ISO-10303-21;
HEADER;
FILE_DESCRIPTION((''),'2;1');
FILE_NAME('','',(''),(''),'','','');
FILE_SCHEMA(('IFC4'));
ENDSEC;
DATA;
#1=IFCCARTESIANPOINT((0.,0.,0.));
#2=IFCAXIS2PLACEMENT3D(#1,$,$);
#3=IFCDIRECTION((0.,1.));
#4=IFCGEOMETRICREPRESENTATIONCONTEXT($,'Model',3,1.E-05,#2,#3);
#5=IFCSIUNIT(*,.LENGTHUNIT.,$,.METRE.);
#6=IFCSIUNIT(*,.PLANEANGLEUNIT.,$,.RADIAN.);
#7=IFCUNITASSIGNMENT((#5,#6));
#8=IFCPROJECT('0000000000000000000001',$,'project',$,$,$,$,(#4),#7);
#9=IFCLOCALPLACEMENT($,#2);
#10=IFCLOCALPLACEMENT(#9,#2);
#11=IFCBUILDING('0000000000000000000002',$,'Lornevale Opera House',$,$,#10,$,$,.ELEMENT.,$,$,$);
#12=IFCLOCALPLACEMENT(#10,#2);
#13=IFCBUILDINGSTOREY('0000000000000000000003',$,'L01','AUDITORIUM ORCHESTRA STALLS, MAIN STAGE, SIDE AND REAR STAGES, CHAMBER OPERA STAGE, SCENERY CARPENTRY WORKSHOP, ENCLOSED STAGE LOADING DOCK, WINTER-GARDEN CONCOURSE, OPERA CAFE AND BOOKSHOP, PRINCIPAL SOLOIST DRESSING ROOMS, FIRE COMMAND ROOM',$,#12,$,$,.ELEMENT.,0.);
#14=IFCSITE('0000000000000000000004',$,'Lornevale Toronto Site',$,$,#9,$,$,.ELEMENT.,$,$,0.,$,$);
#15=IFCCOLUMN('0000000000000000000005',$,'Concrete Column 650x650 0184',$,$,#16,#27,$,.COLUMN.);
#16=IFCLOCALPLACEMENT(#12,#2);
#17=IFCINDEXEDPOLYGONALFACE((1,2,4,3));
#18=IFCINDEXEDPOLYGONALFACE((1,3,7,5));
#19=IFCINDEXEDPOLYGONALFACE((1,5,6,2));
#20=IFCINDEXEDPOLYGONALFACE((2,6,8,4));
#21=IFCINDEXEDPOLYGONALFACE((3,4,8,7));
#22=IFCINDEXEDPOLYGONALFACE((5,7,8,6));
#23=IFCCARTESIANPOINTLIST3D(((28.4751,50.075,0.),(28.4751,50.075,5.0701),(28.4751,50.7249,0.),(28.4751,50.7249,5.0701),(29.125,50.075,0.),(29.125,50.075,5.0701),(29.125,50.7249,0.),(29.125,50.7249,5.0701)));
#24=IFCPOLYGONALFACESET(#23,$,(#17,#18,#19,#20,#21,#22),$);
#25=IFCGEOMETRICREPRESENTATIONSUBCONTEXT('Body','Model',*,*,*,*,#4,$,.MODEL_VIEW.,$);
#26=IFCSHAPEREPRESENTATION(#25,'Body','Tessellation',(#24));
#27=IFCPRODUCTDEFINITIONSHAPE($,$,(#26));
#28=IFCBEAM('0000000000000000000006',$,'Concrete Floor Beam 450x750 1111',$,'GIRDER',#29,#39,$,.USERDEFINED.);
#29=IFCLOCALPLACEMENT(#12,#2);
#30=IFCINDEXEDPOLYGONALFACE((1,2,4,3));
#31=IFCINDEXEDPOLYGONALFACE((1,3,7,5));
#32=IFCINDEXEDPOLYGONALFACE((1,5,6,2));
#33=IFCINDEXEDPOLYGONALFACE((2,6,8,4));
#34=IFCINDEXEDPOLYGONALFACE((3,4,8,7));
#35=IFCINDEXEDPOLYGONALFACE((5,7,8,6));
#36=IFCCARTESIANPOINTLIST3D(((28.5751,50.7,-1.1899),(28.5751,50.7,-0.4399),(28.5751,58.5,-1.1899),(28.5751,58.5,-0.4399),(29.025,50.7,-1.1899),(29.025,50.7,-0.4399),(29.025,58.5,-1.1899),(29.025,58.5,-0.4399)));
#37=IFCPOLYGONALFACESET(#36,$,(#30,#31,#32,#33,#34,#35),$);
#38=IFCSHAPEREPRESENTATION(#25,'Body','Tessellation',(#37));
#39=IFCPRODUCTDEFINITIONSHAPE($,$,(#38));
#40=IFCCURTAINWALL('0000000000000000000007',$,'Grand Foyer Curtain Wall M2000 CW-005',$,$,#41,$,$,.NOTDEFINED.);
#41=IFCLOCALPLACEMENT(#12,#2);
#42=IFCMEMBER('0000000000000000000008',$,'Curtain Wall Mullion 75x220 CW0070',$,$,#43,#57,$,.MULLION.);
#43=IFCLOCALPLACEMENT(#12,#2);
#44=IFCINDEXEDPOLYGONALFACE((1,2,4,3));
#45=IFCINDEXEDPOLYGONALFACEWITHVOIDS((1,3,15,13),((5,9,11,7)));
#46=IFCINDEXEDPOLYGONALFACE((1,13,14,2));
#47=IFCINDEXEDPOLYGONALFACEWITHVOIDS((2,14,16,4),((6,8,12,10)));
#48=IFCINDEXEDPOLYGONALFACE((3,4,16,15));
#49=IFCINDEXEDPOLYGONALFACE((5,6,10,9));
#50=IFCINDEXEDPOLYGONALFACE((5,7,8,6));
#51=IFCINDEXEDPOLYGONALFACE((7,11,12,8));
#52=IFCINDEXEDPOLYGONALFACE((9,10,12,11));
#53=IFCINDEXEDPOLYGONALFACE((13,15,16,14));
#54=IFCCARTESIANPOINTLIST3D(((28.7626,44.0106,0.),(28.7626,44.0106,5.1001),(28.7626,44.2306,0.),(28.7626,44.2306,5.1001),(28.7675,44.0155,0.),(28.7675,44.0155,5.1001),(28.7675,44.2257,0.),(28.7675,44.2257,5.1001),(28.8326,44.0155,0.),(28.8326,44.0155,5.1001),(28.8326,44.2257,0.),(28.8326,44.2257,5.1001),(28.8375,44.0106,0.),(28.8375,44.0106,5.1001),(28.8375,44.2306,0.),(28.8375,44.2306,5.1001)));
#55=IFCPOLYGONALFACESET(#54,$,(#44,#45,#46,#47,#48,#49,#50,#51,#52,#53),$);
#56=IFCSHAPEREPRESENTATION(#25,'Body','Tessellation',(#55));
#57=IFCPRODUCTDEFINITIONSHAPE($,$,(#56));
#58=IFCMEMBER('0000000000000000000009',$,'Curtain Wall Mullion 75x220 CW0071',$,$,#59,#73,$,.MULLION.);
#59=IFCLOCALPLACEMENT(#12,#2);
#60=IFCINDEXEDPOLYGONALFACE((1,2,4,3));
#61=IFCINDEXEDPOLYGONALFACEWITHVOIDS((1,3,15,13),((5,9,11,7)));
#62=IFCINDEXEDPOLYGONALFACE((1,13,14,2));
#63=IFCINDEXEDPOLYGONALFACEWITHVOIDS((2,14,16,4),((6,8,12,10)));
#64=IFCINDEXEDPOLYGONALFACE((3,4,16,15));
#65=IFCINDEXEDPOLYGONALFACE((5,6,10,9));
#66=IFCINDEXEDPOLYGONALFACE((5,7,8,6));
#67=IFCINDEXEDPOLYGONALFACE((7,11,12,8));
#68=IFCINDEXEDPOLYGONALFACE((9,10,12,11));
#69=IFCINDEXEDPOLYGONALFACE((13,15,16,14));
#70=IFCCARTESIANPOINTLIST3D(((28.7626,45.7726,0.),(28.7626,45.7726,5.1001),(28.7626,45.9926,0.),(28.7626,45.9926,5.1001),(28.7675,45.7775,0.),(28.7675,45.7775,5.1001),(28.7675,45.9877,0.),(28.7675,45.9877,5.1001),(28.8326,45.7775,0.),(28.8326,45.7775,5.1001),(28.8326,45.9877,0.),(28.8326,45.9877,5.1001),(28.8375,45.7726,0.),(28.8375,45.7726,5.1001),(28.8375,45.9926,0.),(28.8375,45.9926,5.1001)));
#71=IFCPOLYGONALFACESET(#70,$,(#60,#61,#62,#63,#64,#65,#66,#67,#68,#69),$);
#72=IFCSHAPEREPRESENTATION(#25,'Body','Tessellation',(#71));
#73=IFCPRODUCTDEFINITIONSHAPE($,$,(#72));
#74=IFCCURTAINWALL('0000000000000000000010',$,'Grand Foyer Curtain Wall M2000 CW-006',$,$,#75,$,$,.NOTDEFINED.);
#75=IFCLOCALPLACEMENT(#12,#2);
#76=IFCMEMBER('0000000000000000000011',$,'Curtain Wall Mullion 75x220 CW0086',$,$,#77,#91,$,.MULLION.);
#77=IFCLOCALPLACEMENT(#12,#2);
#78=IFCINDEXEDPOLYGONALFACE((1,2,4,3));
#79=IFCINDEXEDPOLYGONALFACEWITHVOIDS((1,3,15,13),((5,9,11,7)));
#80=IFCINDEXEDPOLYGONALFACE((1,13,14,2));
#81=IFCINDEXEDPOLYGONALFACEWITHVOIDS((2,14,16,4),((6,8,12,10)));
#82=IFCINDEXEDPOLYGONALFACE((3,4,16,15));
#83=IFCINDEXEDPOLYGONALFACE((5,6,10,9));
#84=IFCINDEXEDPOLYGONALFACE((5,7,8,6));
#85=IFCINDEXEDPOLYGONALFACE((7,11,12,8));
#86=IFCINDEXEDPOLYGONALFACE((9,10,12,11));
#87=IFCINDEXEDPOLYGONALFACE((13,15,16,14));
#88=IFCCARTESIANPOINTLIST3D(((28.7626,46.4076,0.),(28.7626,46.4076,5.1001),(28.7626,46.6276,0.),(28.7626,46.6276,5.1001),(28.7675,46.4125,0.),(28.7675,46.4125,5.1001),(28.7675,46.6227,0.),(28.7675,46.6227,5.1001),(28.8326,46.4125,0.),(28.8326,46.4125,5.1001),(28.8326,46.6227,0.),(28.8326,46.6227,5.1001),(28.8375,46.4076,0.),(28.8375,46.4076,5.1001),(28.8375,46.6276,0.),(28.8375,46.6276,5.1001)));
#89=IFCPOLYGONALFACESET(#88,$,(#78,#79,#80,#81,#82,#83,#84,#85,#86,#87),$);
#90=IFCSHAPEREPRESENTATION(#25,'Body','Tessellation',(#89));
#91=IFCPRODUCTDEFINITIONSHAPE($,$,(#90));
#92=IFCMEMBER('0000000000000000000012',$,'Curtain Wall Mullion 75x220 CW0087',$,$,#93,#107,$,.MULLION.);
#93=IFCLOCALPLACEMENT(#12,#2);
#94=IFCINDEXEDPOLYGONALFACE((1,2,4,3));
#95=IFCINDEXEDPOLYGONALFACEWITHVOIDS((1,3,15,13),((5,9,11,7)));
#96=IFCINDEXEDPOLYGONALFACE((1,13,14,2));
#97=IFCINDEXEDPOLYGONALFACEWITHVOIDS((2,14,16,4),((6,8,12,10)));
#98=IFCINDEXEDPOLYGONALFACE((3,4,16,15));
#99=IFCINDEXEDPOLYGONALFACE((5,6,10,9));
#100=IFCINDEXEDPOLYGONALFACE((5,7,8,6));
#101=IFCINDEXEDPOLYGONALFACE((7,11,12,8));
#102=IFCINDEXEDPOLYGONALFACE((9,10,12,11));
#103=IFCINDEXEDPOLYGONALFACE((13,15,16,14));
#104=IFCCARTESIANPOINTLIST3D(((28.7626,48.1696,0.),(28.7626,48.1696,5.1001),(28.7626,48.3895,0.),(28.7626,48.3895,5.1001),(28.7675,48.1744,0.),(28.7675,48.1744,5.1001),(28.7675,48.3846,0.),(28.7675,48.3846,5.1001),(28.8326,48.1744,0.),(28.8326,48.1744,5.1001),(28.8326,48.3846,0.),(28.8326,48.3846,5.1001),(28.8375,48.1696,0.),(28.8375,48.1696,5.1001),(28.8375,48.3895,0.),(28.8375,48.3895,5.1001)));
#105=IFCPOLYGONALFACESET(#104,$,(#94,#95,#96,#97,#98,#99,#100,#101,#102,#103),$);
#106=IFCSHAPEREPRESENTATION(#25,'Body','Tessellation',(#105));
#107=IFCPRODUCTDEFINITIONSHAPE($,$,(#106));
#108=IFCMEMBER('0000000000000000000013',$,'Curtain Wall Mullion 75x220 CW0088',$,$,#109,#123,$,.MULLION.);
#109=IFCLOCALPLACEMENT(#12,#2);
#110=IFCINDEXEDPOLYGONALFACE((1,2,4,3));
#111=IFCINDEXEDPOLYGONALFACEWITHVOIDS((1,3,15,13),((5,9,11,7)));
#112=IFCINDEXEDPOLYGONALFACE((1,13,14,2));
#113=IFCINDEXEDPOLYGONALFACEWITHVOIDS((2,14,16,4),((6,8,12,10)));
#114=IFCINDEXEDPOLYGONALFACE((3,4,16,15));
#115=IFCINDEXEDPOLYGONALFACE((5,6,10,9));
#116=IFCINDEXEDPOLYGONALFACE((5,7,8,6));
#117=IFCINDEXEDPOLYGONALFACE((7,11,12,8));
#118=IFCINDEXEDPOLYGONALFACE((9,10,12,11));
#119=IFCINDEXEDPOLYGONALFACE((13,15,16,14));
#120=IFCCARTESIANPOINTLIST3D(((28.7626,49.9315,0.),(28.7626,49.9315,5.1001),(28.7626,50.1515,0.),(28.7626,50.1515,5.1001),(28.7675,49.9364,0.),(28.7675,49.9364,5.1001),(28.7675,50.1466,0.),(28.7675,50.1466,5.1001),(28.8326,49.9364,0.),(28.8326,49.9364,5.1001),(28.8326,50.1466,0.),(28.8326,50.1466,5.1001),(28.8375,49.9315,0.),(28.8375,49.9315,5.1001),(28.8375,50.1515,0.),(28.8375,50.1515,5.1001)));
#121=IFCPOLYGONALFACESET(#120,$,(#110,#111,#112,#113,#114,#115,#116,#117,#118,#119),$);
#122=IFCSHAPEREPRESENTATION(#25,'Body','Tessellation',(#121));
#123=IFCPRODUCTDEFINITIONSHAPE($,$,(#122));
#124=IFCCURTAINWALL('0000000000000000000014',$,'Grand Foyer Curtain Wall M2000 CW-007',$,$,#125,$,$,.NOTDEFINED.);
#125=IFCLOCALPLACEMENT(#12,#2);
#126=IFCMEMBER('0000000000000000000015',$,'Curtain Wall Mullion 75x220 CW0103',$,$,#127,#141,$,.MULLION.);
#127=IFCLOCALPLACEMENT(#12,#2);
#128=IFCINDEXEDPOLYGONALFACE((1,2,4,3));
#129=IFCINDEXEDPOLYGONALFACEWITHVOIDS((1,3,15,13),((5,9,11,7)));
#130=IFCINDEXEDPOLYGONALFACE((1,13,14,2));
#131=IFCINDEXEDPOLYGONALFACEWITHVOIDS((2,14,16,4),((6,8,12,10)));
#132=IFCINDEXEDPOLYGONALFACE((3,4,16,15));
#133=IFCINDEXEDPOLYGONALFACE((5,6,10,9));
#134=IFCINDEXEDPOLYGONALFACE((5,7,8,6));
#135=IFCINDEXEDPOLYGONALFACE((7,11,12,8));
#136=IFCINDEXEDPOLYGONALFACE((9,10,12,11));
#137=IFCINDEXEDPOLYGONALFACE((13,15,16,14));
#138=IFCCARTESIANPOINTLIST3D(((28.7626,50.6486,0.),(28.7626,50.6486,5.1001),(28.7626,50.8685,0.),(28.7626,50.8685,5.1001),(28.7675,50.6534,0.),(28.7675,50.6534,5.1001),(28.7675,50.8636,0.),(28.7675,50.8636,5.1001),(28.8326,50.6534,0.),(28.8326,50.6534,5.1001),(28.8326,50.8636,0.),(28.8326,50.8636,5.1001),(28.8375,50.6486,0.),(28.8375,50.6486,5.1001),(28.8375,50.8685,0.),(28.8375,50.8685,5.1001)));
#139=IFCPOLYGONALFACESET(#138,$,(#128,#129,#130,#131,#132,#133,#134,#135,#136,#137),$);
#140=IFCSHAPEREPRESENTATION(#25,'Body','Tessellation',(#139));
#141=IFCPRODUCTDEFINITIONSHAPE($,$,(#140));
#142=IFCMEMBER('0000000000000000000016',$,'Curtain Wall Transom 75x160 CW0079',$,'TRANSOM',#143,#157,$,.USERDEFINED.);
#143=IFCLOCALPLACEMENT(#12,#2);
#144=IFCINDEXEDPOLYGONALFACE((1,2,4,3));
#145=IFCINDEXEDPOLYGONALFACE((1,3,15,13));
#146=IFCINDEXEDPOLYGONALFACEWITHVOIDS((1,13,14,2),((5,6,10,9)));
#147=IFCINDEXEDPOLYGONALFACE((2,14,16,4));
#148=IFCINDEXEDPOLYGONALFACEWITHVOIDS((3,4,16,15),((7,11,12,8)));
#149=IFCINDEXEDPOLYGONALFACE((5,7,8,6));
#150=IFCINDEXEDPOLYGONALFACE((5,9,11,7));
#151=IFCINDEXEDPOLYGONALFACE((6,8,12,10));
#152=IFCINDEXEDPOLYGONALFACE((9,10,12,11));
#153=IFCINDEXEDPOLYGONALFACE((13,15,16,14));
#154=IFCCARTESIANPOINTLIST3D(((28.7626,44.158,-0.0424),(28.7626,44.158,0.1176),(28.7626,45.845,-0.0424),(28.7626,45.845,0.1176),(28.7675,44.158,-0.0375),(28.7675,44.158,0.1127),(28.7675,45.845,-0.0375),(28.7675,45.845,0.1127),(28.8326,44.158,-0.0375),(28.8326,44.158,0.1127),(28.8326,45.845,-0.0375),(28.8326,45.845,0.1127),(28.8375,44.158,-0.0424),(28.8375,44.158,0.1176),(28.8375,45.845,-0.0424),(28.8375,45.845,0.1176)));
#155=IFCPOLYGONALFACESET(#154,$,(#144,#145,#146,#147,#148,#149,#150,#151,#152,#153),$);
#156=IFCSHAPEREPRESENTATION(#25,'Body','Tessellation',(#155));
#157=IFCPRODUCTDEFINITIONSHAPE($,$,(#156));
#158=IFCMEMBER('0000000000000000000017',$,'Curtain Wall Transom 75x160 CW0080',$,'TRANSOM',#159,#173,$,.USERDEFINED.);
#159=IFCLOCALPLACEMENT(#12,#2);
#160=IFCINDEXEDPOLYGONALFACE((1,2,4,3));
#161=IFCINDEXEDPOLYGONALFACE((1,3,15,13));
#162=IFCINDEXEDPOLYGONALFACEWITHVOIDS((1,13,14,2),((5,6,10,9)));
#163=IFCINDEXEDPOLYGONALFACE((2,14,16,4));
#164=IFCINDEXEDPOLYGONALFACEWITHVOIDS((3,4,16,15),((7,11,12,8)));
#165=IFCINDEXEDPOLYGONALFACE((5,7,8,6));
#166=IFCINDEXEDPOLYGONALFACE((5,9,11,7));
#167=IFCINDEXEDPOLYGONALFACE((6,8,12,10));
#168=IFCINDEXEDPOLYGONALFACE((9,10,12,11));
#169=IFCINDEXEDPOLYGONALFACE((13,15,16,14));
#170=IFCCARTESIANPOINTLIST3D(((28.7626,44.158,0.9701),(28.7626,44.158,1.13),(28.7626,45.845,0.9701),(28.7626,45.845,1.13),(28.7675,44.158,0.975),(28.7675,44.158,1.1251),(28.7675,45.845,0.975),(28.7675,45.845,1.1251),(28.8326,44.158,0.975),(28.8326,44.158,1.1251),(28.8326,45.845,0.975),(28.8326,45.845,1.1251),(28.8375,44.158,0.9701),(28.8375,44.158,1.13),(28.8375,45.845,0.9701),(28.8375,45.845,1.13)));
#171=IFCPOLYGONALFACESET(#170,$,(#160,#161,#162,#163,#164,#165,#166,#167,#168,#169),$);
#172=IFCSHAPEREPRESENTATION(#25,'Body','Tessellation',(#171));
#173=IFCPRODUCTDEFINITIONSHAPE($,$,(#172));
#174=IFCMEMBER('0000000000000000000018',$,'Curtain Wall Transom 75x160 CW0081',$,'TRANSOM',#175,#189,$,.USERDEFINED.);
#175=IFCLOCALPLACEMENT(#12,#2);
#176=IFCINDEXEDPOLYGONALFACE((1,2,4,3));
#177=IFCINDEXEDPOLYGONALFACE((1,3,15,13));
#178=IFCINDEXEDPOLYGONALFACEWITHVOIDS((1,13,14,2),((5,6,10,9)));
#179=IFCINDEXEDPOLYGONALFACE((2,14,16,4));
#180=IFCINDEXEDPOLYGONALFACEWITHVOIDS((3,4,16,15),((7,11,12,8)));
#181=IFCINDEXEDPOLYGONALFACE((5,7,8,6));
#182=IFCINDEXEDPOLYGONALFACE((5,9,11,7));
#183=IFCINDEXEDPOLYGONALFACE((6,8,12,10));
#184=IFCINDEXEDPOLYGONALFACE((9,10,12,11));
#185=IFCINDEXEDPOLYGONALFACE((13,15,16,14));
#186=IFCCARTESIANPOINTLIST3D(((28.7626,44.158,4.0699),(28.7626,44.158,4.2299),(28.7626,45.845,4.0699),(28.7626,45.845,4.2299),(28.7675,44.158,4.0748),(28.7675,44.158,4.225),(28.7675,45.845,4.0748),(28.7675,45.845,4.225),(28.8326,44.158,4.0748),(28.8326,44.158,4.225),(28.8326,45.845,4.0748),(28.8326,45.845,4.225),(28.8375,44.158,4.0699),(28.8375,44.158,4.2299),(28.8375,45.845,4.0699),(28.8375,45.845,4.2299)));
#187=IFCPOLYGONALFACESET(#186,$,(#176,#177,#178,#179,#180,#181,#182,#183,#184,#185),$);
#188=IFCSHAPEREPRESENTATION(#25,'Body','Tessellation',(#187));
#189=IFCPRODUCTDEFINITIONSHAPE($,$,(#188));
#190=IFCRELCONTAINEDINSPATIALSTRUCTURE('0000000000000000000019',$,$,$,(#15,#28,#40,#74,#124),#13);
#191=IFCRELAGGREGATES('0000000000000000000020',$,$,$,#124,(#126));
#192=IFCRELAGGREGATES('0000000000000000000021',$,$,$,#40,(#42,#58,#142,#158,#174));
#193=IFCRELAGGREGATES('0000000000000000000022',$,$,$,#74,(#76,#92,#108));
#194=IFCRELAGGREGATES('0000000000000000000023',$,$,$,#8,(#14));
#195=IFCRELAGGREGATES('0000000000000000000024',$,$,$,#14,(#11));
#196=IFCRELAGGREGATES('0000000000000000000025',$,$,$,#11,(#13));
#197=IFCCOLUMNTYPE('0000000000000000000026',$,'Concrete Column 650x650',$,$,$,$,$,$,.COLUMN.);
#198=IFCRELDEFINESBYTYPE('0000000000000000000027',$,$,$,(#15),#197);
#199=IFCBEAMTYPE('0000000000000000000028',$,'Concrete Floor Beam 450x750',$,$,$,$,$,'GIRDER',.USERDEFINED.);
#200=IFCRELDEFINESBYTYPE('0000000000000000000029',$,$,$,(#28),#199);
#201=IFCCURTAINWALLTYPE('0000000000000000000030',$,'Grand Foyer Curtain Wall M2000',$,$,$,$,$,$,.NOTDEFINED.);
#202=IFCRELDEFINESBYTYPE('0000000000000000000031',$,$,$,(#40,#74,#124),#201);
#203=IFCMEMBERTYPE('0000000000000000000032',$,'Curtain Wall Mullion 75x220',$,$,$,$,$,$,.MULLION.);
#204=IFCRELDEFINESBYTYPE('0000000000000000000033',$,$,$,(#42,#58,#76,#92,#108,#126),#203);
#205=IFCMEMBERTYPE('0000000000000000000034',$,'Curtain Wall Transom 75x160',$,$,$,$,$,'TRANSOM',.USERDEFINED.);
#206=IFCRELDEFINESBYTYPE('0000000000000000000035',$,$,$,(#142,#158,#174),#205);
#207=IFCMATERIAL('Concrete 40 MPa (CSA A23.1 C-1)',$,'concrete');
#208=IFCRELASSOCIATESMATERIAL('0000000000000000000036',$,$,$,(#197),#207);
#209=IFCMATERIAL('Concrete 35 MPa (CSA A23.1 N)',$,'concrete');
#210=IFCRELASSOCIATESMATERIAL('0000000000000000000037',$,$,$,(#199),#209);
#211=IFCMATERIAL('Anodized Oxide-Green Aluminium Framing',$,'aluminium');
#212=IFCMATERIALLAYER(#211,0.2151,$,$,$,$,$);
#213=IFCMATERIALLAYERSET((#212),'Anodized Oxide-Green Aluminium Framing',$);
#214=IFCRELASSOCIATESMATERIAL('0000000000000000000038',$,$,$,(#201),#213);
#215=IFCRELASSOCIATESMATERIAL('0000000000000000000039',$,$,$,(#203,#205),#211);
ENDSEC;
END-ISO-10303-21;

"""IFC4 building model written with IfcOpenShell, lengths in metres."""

from ifc_helpers import new_model, si_unit, direction, frame, origin, origin_2d, place, context, subcontext, project, spatial, rectangle, hollow_rectangle, extrude, material, layer, layer_set, material_profile, profile_set, type_object, element, aggregate, save


model = new_model("IFC4")

# Units and contexts
model_context = context("Model", 3, precision=1e-05, world=origin(), true_north=direction((0.0, 1.0)))
body_context = subcontext(model_context, "Body", "Model", "MODEL_VIEW")
ifc_project = project(units=[si_unit("LENGTHUNIT", "METRE"), si_unit("PLANEANGLEUNIT", "RADIAN")], contexts=[model_context])

# Site, building, storey
site_placement = place(None, origin())
site = spatial("IfcSite", under=ifc_project, at=site_placement, Name="Lornevale Toronto Site", CompositionType="ELEMENT", RefElevation=0.0)
building_placement = place(site_placement, origin())
building = spatial("IfcBuilding", under=site, at=building_placement, Name="Lornevale Opera House", CompositionType="ELEMENT")
storey_placement = place(building_placement, origin())
storey = spatial("IfcBuildingStorey", under=building, at=storey_placement, Name="L01", Description="AUDITORIUM ORCHESTRA STALLS, MAIN STAGE, SIDE AND REAR STAGES, CHAMBER OPERA STAGE, SCENERY CARPENTRY WORKSHOP, ENCLOSED STAGE LOADING DOCK, WINTER-GARDEN CONCOURSE, OPERA CAFE AND BOOKSHOP, PRINCIPAL SOLOIST DRESSING ROOMS, FIRE COMMAND ROOM", CompositionType="ELEMENT", Elevation=0.0)

# Column
ifc_material_1 = material(Name="Concrete 40 MPa (CSA A23.1 C-1)", Category="concrete")
ifc_material_profile_1 = material_profile(ifc_material_1, rectangle(XDim=0.6499, YDim=0.6499, at=origin_2d()), Name="RC650x650")
ifc_profile_set_1 = profile_set([ifc_material_profile_1], Name="Concrete 40 MPa (CSA A23.1 C-1)")
column_type = type_object("IfcColumnType", Name="Concrete Column 650x650", PredefinedType="COLUMN", material=ifc_profile_set_1)
column_placement = place(storey_placement, frame((28.8, 50.3999, 0.0), z_axis=(0.0, 0.0, 1.0), x_axis=(1.0, 0.0, 0.0)))
element("IfcColumn", 1, at=column_placement, inside=storey, type_object=column_type, Name="Concrete Column 650x650 0184", PredefinedType="COLUMN", context=body_context, shape_type="SweptSolid", body=[
    extrude(rectangle(XDim=0.6499, YDim=0.6499, at=origin_2d()), origin(), (0.0, 0.0, 1.0), 5.0701),
])

# Beam
ifc_material_2 = material(Name="Concrete 35 MPa (CSA A23.1 N)", Category="concrete")
ifc_material_profile_2 = material_profile(ifc_material_2, rectangle(XDim=0.45, YDim=0.75, at=origin_2d()), Name="RC450x750")
ifc_profile_set_2 = profile_set([ifc_material_profile_2], Name="Concrete 35 MPa (CSA A23.1 N)")
beam_type = type_object("IfcBeamType", Name="Concrete Floor Beam 450x750", ElementType="GIRDER", PredefinedType="USERDEFINED", material=ifc_profile_set_2)
beam_placement = place(storey_placement, frame((28.8, 50.7, -0.8149), z_axis=(0.0, 1.0, 0.0), x_axis=(-1.0, 0.0, 0.0)))
element("IfcBeam", 2, at=beam_placement, inside=storey, type_object=beam_type, Name="Concrete Floor Beam 450x750 1111", ObjectType="GIRDER", PredefinedType="USERDEFINED", context=body_context, shape_type="SweptSolid", body=[
    extrude(rectangle(XDim=0.45, YDim=0.75, at=origin_2d()), origin(), (0.0, 0.0, 1.0), 7.8),
])

# Curtain walls, members
ifc_material_3 = material(Name="Anodized Oxide-Green Aluminium Framing", Category="aluminium")
ifc_layer_1 = layer(ifc_material_3, 0.2151)
ifc_layer_set_1 = layer_set([ifc_layer_1], Name="Anodized Oxide-Green Aluminium Framing")
curtain_wall_type = type_object("IfcCurtainWallType", Name="Grand Foyer Curtain Wall M2000", PredefinedType="NOTDEFINED", material=ifc_layer_set_1)
curtain_wall_1_placement = place(storey_placement, origin())
curtain_wall_1 = element("IfcCurtainWall", 3, at=curtain_wall_1_placement, inside=storey, type_object=curtain_wall_type, Name="Grand Foyer Curtain Wall M2000 CW-005", PredefinedType="NOTDEFINED")
ifc_material_profile_3 = material_profile(ifc_material_3, hollow_rectangle(XDim=0.075, YDim=0.22, WallThickness=0.0049, at=origin_2d()), Name="ALU75x220x5")
ifc_profile_set_3 = profile_set([ifc_material_profile_3], Name="Anodized Oxide-Green Aluminium Framing")
member_type_1 = type_object("IfcMemberType", Name="Curtain Wall Mullion 75x220", PredefinedType="MULLION", material=ifc_profile_set_3)
member_1_placement = place(storey_placement, frame((28.8, 44.1206, 0.0), z_axis=(0.0, 0.0, 1.0), x_axis=(-1.0, 0.0, 0.0)))
member_1 = element("IfcMember", 4, at=member_1_placement, type_object=member_type_1, Name="Curtain Wall Mullion 75x220 CW0070", PredefinedType="MULLION", context=body_context, shape_type="SweptSolid", body=[
    extrude(hollow_rectangle(XDim=0.075, YDim=0.22, WallThickness=0.0049, at=origin_2d()), origin(), (0.0, 0.0, 1.0), 5.1001),
])
member_2_placement = place(storey_placement, frame((28.8, 45.8826, 0.0), z_axis=(0.0, 0.0, 1.0), x_axis=(-1.0, 0.0, 0.0)))
member_2 = element("IfcMember", 5, at=member_2_placement, type_object=member_type_1, Name="Curtain Wall Mullion 75x220 CW0071", PredefinedType="MULLION", context=body_context, shape_type="SweptSolid", body=[
    extrude(hollow_rectangle(XDim=0.075, YDim=0.22, WallThickness=0.0049, at=origin_2d()), origin(), (0.0, 0.0, 1.0), 5.1001),
])
curtain_wall_2_placement = place(storey_placement, origin())
curtain_wall_2 = element("IfcCurtainWall", 6, at=curtain_wall_2_placement, inside=storey, type_object=curtain_wall_type, Name="Grand Foyer Curtain Wall M2000 CW-006", PredefinedType="NOTDEFINED")
member_3_placement = place(storey_placement, frame((28.8, 46.5176, 0.0), z_axis=(0.0, 0.0, 1.0), x_axis=(-1.0, 0.0, 0.0)))
member_3 = element("IfcMember", 7, at=member_3_placement, type_object=member_type_1, Name="Curtain Wall Mullion 75x220 CW0086", PredefinedType="MULLION", context=body_context, shape_type="SweptSolid", body=[
    extrude(hollow_rectangle(XDim=0.075, YDim=0.22, WallThickness=0.0049, at=origin_2d()), origin(), (0.0, 0.0, 1.0), 5.1001),
])
member_4_placement = place(storey_placement, frame((28.8, 48.2795, 0.0), z_axis=(0.0, 0.0, 1.0), x_axis=(-1.0, 0.0, 0.0)))
member_4 = element("IfcMember", 8, at=member_4_placement, type_object=member_type_1, Name="Curtain Wall Mullion 75x220 CW0087", PredefinedType="MULLION", context=body_context, shape_type="SweptSolid", body=[
    extrude(hollow_rectangle(XDim=0.075, YDim=0.22, WallThickness=0.0049, at=origin_2d()), origin(), (0.0, 0.0, 1.0), 5.1001),
])
member_5_placement = place(storey_placement, frame((28.8, 50.0415, 0.0), z_axis=(0.0, 0.0, 1.0), x_axis=(-1.0, 0.0, 0.0)))
member_5 = element("IfcMember", 9, at=member_5_placement, type_object=member_type_1, Name="Curtain Wall Mullion 75x220 CW0088", PredefinedType="MULLION", context=body_context, shape_type="SweptSolid", body=[
    extrude(hollow_rectangle(XDim=0.075, YDim=0.22, WallThickness=0.0049, at=origin_2d()), origin(), (0.0, 0.0, 1.0), 5.1001),
])

# Curtain wall, member
curtain_wall_3_placement = place(storey_placement, origin())
curtain_wall_3 = element("IfcCurtainWall", 10, at=curtain_wall_3_placement, inside=storey, type_object=curtain_wall_type, Name="Grand Foyer Curtain Wall M2000 CW-007", PredefinedType="NOTDEFINED")
member_6_placement = place(storey_placement, frame((28.8, 50.7585, 0.0), z_axis=(0.0, 0.0, 1.0), x_axis=(-1.0, 0.0, 0.0)))
member_6 = element("IfcMember", 11, at=member_6_placement, type_object=member_type_1, Name="Curtain Wall Mullion 75x220 CW0103", PredefinedType="MULLION", context=body_context, shape_type="SweptSolid", body=[
    extrude(hollow_rectangle(XDim=0.075, YDim=0.22, WallThickness=0.0049, at=origin_2d()), origin(), (0.0, 0.0, 1.0), 5.1001),
])
aggregate(curtain_wall_3, [member_6])

# Members
ifc_material_profile_4 = material_profile(ifc_material_3, hollow_rectangle(XDim=0.075, YDim=0.1599, WallThickness=0.0049, at=origin_2d()), Name="ALU75x160x5")
ifc_profile_set_4 = profile_set([ifc_material_profile_4], Name="Anodized Oxide-Green Aluminium Framing")
member_type_2 = type_object("IfcMemberType", Name="Curtain Wall Transom 75x160", ElementType="TRANSOM", PredefinedType="USERDEFINED", material=ifc_profile_set_4)
member_7_placement = place(storey_placement, frame((28.8, 44.158, 0.0376), z_axis=(0.0, 1.0, 0.0), x_axis=(-1.0, 0.0, 0.0)))
member_7 = element("IfcMember", 12, at=member_7_placement, type_object=member_type_2, Name="Curtain Wall Transom 75x160 CW0079", ObjectType="TRANSOM", PredefinedType="USERDEFINED", context=body_context, shape_type="SweptSolid", body=[
    extrude(hollow_rectangle(XDim=0.075, YDim=0.1599, WallThickness=0.0049, at=origin_2d()), origin(), (0.0, 0.0, 1.0), 1.687),
])
member_8_placement = place(storey_placement, frame((28.8, 44.158, 1.05), z_axis=(0.0, 1.0, 0.0), x_axis=(-1.0, 0.0, 0.0)))
member_8 = element("IfcMember", 13, at=member_8_placement, type_object=member_type_2, Name="Curtain Wall Transom 75x160 CW0080", ObjectType="TRANSOM", PredefinedType="USERDEFINED", context=body_context, shape_type="SweptSolid", body=[
    extrude(hollow_rectangle(XDim=0.075, YDim=0.1599, WallThickness=0.0049, at=origin_2d()), origin(), (0.0, 0.0, 1.0), 1.687),
])
member_9_placement = place(storey_placement, frame((28.8, 44.158, 4.1499), z_axis=(0.0, 1.0, 0.0), x_axis=(-1.0, 0.0, 0.0)))
member_9 = element("IfcMember", 14, at=member_9_placement, type_object=member_type_2, Name="Curtain Wall Transom 75x160 CW0081", ObjectType="TRANSOM", PredefinedType="USERDEFINED", context=body_context, shape_type="SweptSolid", body=[
    extrude(hollow_rectangle(XDim=0.075, YDim=0.1599, WallThickness=0.0049, at=origin_2d()), origin(), (0.0, 0.0, 1.0), 1.687),
])

aggregate(curtain_wall_1, [member_1, member_2, member_7, member_8, member_9])
aggregate(curtain_wall_2, [member_3, member_4, member_5])

save(model, "model.ifc")
